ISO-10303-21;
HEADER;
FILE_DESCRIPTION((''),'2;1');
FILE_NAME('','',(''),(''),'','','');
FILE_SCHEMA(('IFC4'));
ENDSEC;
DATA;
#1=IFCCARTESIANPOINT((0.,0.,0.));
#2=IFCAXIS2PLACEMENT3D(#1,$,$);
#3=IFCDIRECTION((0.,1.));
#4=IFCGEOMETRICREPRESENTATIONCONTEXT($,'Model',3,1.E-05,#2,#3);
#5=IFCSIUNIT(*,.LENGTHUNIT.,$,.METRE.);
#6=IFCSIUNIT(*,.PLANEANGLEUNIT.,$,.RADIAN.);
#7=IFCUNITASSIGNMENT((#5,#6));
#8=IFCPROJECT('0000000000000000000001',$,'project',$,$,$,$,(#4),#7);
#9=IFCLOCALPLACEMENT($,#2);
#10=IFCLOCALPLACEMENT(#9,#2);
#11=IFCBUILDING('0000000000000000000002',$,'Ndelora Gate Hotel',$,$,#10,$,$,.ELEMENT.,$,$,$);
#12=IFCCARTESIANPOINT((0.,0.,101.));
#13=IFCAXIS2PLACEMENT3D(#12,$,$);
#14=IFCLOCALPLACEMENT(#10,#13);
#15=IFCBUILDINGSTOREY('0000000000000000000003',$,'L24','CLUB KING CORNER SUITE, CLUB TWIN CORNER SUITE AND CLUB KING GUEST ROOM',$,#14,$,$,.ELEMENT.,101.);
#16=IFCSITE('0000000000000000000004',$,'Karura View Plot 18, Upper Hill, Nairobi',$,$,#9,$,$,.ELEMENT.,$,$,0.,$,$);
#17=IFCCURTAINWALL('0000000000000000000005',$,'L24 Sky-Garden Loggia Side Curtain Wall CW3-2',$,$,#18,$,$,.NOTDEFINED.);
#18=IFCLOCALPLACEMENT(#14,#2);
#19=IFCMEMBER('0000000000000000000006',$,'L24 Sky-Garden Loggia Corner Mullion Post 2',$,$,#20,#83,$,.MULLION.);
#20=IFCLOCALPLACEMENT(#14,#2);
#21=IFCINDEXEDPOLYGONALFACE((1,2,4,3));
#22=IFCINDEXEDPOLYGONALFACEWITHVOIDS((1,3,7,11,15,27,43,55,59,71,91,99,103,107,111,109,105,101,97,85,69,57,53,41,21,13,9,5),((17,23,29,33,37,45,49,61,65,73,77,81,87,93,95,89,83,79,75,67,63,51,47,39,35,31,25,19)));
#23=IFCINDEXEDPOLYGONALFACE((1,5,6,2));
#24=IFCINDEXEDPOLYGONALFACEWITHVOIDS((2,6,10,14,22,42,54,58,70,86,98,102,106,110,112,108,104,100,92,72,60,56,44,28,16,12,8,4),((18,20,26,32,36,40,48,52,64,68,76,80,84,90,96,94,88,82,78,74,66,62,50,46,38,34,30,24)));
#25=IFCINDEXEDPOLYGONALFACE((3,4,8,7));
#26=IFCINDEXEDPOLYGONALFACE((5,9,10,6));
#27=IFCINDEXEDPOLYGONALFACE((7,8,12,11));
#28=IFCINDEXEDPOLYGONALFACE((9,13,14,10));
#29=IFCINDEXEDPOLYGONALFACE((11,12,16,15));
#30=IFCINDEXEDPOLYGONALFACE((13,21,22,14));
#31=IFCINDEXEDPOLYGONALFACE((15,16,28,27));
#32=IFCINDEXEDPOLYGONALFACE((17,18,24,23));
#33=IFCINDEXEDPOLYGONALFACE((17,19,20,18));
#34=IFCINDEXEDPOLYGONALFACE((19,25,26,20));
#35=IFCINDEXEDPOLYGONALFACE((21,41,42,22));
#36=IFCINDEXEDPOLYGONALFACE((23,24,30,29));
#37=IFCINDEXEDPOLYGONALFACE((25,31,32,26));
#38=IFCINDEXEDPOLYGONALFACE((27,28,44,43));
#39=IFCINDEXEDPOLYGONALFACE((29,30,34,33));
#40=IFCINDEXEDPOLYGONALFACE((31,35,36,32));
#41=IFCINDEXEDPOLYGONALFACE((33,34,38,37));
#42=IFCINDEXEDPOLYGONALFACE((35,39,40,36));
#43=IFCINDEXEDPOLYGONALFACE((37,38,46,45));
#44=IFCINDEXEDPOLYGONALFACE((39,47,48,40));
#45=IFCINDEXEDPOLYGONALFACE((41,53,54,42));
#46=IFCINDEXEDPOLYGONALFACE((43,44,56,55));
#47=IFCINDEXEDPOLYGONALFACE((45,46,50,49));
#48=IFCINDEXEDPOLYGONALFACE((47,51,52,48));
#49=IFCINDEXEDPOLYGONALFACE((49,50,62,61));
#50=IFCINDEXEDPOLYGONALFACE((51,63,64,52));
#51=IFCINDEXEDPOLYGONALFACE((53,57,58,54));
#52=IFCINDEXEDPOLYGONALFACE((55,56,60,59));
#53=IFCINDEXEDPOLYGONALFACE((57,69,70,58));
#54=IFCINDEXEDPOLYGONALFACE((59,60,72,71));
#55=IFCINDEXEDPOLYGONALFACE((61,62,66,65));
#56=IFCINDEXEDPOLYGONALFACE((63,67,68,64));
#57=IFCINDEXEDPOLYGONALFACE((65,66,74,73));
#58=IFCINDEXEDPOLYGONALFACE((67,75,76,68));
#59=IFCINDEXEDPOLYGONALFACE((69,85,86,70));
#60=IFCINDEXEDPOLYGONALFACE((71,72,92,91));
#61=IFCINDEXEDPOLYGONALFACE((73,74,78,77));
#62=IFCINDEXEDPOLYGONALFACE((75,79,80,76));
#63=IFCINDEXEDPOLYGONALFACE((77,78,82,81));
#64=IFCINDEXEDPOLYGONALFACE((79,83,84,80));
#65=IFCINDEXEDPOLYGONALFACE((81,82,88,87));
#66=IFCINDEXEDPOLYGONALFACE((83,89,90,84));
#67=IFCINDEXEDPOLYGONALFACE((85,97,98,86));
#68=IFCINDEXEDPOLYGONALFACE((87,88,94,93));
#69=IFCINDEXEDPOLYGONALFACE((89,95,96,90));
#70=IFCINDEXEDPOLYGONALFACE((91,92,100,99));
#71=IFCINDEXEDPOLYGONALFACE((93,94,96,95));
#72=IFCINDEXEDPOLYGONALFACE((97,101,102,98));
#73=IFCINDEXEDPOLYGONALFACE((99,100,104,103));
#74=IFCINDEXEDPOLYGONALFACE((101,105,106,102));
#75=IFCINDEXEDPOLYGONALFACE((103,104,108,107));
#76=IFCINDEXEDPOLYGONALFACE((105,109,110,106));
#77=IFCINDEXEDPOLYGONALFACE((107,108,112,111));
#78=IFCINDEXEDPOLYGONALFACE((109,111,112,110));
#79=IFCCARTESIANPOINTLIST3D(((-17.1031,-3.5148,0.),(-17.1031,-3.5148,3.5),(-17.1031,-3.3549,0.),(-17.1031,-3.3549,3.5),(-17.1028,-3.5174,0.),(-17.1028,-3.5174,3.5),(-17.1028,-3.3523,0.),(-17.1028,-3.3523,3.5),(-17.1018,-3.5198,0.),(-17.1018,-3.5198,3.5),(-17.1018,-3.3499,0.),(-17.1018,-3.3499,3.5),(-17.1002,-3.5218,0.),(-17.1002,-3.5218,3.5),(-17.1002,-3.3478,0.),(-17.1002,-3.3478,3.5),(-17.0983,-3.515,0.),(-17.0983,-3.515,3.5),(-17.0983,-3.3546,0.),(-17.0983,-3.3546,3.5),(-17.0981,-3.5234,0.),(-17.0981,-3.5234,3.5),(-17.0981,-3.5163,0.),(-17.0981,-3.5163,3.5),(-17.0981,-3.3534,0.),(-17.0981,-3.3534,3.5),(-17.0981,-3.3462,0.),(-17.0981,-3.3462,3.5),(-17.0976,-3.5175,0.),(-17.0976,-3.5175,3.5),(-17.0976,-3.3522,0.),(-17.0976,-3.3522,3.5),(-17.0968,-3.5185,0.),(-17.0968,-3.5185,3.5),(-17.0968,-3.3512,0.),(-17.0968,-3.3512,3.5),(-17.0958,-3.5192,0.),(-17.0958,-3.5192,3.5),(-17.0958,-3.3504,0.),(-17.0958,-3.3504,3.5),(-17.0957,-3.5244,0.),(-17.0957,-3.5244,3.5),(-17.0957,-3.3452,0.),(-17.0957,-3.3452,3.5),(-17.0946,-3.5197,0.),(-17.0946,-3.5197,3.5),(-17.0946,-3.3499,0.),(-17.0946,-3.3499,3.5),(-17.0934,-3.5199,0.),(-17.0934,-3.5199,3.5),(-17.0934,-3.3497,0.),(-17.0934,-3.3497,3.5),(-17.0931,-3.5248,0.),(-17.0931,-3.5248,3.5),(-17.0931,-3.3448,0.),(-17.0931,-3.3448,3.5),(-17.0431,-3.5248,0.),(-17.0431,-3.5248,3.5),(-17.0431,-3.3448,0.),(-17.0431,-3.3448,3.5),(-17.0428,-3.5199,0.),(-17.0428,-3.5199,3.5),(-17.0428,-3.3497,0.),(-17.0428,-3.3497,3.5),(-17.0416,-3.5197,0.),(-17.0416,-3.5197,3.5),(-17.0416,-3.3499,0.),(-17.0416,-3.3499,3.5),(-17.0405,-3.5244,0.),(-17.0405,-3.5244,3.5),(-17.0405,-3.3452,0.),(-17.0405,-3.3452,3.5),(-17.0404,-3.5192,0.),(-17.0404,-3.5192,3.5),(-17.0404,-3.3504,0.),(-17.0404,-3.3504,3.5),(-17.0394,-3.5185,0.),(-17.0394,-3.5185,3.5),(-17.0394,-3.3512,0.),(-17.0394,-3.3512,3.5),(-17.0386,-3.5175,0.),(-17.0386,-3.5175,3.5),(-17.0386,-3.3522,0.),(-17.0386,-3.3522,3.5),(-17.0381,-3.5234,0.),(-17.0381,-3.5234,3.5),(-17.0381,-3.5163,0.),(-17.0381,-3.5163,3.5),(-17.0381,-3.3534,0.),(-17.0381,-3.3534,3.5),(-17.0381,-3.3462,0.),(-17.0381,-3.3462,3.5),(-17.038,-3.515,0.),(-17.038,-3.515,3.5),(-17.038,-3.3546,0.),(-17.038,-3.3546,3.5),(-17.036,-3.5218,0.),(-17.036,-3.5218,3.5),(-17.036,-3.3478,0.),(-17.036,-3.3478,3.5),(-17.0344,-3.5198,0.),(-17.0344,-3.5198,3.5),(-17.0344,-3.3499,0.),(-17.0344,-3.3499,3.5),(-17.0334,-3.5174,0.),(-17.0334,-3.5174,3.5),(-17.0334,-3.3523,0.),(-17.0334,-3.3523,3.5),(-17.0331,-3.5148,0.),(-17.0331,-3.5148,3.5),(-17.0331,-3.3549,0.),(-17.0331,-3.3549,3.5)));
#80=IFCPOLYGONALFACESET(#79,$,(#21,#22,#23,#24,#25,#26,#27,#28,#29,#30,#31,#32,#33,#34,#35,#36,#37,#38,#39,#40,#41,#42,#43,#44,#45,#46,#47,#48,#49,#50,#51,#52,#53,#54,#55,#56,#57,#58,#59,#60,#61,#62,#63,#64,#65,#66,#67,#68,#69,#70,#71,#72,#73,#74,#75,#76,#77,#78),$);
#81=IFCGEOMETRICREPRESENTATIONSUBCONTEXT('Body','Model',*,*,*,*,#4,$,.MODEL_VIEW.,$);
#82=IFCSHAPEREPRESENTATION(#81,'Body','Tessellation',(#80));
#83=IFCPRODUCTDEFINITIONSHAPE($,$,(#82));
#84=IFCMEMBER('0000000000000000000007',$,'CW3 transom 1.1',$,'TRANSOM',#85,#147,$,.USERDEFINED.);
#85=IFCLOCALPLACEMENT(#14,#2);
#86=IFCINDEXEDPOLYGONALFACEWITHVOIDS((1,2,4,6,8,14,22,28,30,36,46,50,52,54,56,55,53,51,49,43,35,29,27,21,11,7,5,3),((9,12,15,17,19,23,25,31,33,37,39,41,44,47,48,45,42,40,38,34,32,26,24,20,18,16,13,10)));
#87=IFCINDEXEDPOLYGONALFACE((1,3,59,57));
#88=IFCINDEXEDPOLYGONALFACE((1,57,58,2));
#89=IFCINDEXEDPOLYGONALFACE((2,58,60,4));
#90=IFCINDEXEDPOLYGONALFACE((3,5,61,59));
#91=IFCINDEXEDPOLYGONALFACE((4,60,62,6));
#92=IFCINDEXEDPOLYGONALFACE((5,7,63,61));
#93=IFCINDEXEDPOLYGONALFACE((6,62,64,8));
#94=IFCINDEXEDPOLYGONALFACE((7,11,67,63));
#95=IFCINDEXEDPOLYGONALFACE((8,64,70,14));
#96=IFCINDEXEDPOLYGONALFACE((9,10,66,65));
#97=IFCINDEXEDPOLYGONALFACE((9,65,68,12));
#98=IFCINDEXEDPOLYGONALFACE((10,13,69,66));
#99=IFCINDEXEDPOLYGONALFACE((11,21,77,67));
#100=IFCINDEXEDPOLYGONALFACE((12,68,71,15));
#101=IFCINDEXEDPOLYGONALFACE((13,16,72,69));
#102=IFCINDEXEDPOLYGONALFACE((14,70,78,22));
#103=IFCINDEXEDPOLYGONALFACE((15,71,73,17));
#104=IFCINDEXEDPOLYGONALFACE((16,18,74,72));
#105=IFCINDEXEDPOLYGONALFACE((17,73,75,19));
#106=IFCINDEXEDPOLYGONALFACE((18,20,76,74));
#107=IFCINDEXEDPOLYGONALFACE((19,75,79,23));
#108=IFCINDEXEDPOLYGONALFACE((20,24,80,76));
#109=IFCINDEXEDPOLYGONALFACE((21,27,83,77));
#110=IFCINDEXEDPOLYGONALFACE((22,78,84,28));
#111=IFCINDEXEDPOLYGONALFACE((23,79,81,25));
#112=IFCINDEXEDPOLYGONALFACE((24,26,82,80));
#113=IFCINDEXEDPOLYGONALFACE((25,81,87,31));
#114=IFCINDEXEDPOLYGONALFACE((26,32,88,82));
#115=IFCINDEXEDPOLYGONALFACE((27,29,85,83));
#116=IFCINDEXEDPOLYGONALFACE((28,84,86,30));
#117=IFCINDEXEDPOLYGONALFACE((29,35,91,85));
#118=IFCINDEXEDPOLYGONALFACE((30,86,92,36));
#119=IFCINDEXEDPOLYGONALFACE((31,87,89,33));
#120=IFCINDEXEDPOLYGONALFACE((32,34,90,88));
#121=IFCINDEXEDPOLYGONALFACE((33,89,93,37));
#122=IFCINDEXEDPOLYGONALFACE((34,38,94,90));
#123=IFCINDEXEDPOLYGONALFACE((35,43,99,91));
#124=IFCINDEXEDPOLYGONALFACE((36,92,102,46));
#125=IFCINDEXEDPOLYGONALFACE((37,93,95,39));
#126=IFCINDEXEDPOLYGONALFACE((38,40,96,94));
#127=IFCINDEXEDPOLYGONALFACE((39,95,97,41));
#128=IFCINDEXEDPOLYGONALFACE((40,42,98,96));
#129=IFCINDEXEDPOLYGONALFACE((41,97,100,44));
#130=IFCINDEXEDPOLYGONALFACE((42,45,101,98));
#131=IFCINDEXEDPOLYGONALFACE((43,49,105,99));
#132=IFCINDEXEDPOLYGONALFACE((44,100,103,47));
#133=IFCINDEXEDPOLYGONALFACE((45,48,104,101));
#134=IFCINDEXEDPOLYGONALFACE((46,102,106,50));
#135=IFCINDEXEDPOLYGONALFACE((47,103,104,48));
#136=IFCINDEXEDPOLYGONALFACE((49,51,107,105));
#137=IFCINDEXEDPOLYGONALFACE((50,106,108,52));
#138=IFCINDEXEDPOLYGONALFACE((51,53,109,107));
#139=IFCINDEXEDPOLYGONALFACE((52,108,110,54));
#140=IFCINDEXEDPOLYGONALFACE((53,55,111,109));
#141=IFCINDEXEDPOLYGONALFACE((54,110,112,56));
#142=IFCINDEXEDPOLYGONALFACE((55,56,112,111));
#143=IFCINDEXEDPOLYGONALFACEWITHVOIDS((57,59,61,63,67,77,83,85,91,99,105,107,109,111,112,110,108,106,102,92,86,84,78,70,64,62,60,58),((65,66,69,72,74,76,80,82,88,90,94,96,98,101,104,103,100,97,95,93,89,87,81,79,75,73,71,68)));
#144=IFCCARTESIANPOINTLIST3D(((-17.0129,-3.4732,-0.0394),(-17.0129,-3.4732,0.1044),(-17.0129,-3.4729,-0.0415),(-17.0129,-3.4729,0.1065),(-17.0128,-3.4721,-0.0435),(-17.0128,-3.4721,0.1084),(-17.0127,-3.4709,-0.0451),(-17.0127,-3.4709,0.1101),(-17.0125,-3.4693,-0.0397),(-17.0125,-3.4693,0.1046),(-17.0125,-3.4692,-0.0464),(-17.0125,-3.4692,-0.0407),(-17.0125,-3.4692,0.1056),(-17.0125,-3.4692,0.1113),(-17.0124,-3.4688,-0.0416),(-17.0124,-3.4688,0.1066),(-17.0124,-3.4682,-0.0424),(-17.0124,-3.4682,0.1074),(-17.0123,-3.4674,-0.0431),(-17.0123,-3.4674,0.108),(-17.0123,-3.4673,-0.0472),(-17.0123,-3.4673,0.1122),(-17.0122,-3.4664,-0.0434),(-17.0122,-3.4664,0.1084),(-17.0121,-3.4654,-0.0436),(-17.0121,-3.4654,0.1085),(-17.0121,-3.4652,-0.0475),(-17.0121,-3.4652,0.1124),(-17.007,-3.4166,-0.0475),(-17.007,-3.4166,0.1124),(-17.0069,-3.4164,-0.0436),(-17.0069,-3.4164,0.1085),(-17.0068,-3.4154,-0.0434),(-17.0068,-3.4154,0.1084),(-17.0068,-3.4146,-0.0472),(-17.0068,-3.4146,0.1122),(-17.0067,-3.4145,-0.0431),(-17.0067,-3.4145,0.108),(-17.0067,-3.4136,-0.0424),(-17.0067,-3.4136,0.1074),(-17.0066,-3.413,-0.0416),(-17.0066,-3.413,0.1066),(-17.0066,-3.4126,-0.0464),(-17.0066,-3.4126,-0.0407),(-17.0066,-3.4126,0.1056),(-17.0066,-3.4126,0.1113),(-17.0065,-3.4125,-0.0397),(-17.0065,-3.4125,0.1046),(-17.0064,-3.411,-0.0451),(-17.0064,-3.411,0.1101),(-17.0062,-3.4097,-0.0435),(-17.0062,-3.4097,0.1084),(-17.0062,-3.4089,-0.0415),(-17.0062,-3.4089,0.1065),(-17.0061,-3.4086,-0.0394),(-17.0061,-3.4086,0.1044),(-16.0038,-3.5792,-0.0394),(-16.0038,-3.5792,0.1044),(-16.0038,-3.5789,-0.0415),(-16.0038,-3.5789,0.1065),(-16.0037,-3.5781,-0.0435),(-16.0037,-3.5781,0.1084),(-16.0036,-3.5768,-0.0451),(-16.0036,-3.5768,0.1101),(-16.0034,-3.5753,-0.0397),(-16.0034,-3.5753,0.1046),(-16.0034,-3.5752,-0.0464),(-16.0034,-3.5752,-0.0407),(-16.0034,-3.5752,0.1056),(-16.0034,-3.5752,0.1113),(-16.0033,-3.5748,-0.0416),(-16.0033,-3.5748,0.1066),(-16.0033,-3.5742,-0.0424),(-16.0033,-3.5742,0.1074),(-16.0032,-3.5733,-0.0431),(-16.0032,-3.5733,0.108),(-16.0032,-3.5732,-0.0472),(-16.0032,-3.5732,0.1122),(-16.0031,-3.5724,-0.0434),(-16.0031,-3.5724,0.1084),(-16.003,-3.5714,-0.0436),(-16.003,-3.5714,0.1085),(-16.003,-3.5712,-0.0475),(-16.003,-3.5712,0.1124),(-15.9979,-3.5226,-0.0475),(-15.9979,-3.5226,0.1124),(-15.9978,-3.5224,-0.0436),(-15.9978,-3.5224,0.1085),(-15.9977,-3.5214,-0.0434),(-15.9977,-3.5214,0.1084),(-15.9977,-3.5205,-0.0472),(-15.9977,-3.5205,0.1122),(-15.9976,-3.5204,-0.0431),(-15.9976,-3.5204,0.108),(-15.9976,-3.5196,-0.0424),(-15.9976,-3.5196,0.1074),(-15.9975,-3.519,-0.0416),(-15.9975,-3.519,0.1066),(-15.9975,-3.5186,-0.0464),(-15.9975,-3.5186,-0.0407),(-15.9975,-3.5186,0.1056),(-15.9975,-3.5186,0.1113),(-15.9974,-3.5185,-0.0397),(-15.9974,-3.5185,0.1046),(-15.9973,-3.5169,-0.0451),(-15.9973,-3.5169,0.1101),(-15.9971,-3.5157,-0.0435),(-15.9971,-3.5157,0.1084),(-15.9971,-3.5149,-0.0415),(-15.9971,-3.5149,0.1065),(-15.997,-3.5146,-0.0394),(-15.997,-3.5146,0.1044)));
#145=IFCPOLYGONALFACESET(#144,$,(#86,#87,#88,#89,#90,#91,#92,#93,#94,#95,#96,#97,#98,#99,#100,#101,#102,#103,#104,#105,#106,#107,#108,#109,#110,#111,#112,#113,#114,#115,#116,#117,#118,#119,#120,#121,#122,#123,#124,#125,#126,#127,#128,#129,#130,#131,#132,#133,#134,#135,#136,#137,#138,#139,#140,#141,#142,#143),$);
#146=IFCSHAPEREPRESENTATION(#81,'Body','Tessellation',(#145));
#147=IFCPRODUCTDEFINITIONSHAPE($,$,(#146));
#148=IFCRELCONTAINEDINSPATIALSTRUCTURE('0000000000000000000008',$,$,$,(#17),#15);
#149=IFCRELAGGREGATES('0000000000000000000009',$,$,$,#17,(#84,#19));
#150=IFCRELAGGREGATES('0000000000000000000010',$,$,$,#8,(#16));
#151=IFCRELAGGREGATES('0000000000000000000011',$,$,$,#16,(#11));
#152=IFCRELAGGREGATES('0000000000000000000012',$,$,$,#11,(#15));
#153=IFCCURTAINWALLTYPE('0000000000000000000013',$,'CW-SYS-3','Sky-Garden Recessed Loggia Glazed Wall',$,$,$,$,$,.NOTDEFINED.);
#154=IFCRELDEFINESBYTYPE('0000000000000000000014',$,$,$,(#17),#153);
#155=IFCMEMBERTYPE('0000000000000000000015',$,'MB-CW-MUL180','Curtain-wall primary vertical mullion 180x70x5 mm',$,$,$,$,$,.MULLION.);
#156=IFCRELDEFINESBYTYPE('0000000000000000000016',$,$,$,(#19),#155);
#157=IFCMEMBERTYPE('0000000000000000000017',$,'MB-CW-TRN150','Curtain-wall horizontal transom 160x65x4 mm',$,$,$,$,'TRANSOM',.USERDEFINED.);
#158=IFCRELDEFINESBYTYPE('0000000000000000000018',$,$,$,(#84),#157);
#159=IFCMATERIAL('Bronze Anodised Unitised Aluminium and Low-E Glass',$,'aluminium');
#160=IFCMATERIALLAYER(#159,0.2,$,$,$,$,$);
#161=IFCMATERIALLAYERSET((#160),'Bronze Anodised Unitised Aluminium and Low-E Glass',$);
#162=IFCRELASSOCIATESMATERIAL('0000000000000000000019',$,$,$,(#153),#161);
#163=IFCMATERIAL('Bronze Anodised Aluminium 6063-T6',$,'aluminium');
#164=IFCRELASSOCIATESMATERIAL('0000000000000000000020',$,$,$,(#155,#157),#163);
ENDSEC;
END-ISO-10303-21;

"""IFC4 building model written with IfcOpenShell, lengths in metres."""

from ifc_helpers import new_model, si_unit, direction, frame, origin, origin_2d, place, context, subcontext, project, spatial, hollow_rectangle, extrude, material, layer, layer_set, material_profile, profile_set, type_object, element, aggregate, save


model = new_model("IFC4")

# Units and contexts
model_context = context("Model", 3, precision=1e-05, world=origin(), true_north=direction((0.0, 1.0)))
body_context = subcontext(model_context, "Body", "Model", "MODEL_VIEW")
ifc_project = project(units=[si_unit("LENGTHUNIT", "METRE"), si_unit("PLANEANGLEUNIT", "RADIAN")], contexts=[model_context])

# Site, building, storey
site_placement = place(None, origin())
site = spatial("IfcSite", under=ifc_project, at=site_placement, Name="Karura View Plot 18, Upper Hill, Nairobi", CompositionType="ELEMENT", RefElevation=0.0)
building_placement = place(site_placement, origin())
building = spatial("IfcBuilding", under=site, at=building_placement, Name="Ndelora Gate Hotel", CompositionType="ELEMENT")
storey_placement = place(building_placement, frame((0.0, 0.0, 101.0)))
storey = spatial("IfcBuildingStorey", under=building, at=storey_placement, Name="L24", Description="CLUB KING CORNER SUITE, CLUB TWIN CORNER SUITE AND CLUB KING GUEST ROOM", CompositionType="ELEMENT", Elevation=101.0)

# Curtain wall, members
ifc_material_1 = material(Name="Bronze Anodised Unitised Aluminium and Low-E Glass", Category="aluminium")
ifc_layer_1 = layer(ifc_material_1, 0.2)
ifc_layer_set_1 = layer_set([ifc_layer_1], Name="Bronze Anodised Unitised Aluminium and Low-E Glass")
curtain_wall_type = type_object("IfcCurtainWallType", Name="CW-SYS-3", Description="Sky-Garden Recessed Loggia Glazed Wall", PredefinedType="NOTDEFINED", material=ifc_layer_set_1)
curtain_wall_placement = place(storey_placement, origin())
curtain_wall = element("IfcCurtainWall", 1, at=curtain_wall_placement, inside=storey, type_object=curtain_wall_type, Name="L24 Sky-Garden Loggia Side Curtain Wall CW3-2", PredefinedType="NOTDEFINED")
ifc_material_2 = material(Name="Bronze Anodised Aluminium 6063-T6", Category="aluminium")
ifc_material_profile_1 = material_profile(ifc_material_2, hollow_rectangle(XDim=0.0701, YDim=0.1799, WallThickness=0.0049, InnerFilletRadius=0.0049, OuterFilletRadius=0.01, at=origin_2d()), Name="ALU 180x70x5")
ifc_profile_set_1 = profile_set([ifc_material_profile_1], Name="Bronze Anodised Aluminium 6063-T6")
member_type_1 = type_object("IfcMemberType", Name="MB-CW-MUL180", Description="Curtain-wall primary vertical mullion 180x70x5 mm", PredefinedType="MULLION", material=ifc_profile_set_1)
member_1_placement = place(storey_placement, frame((-17.0681, -3.4348, 0.0), z_axis=(0.0, 0.0, 1.0), x_axis=(1.0, 0.0, 0.0)))
member_1 = element("IfcMember", 2, at=member_1_placement, type_object=member_type_1, Name="L24 Sky-Garden Loggia Corner Mullion Post 2", PredefinedType="MULLION", context=body_context, shape_type="SweptSolid", body=[
    extrude(hollow_rectangle(XDim=0.0701, YDim=0.1799, WallThickness=0.0049, InnerFilletRadius=0.0049, OuterFilletRadius=0.01, at=origin_2d()), origin(), (0.0, 0.0, 1.0), 3.5),
])
ifc_material_profile_2 = material_profile(ifc_material_2, hollow_rectangle(XDim=0.0649, YDim=0.1599, WallThickness=0.0039, InnerFilletRadius=0.0039, OuterFilletRadius=0.0081, at=origin_2d()), Name="ALU 160x65x4")
ifc_profile_set_2 = profile_set([ifc_material_profile_2], Name="Bronze Anodised Aluminium 6063-T6")
member_type_2 = type_object("IfcMemberType", Name="MB-CW-TRN150", Description="Curtain-wall horizontal transom 160x65x4 mm", ElementType="TRANSOM", PredefinedType="USERDEFINED", material=ifc_profile_set_2)
member_2_placement = place(storey_placement, frame((-17.0095, -3.4409, 0.0325), z_axis=(0.994532, -0.104434, 0.0), x_axis=(0.104434, 0.994532, 0.0)))
member_2 = element("IfcMember", 3, at=member_2_placement, type_object=member_type_2, Name="CW3 transom 1.1", ObjectType="TRANSOM", PredefinedType="USERDEFINED", context=body_context, shape_type="SweptSolid", body=[
    extrude(hollow_rectangle(XDim=0.0649, YDim=0.1599, WallThickness=0.0039, InnerFilletRadius=0.0039, OuterFilletRadius=0.0081, at=origin_2d()), origin(), (0.0, 0.0, 1.0), 1.0146),
])
aggregate(curtain_wall, [member_2, member_1])

save(model, "model.ifc")
